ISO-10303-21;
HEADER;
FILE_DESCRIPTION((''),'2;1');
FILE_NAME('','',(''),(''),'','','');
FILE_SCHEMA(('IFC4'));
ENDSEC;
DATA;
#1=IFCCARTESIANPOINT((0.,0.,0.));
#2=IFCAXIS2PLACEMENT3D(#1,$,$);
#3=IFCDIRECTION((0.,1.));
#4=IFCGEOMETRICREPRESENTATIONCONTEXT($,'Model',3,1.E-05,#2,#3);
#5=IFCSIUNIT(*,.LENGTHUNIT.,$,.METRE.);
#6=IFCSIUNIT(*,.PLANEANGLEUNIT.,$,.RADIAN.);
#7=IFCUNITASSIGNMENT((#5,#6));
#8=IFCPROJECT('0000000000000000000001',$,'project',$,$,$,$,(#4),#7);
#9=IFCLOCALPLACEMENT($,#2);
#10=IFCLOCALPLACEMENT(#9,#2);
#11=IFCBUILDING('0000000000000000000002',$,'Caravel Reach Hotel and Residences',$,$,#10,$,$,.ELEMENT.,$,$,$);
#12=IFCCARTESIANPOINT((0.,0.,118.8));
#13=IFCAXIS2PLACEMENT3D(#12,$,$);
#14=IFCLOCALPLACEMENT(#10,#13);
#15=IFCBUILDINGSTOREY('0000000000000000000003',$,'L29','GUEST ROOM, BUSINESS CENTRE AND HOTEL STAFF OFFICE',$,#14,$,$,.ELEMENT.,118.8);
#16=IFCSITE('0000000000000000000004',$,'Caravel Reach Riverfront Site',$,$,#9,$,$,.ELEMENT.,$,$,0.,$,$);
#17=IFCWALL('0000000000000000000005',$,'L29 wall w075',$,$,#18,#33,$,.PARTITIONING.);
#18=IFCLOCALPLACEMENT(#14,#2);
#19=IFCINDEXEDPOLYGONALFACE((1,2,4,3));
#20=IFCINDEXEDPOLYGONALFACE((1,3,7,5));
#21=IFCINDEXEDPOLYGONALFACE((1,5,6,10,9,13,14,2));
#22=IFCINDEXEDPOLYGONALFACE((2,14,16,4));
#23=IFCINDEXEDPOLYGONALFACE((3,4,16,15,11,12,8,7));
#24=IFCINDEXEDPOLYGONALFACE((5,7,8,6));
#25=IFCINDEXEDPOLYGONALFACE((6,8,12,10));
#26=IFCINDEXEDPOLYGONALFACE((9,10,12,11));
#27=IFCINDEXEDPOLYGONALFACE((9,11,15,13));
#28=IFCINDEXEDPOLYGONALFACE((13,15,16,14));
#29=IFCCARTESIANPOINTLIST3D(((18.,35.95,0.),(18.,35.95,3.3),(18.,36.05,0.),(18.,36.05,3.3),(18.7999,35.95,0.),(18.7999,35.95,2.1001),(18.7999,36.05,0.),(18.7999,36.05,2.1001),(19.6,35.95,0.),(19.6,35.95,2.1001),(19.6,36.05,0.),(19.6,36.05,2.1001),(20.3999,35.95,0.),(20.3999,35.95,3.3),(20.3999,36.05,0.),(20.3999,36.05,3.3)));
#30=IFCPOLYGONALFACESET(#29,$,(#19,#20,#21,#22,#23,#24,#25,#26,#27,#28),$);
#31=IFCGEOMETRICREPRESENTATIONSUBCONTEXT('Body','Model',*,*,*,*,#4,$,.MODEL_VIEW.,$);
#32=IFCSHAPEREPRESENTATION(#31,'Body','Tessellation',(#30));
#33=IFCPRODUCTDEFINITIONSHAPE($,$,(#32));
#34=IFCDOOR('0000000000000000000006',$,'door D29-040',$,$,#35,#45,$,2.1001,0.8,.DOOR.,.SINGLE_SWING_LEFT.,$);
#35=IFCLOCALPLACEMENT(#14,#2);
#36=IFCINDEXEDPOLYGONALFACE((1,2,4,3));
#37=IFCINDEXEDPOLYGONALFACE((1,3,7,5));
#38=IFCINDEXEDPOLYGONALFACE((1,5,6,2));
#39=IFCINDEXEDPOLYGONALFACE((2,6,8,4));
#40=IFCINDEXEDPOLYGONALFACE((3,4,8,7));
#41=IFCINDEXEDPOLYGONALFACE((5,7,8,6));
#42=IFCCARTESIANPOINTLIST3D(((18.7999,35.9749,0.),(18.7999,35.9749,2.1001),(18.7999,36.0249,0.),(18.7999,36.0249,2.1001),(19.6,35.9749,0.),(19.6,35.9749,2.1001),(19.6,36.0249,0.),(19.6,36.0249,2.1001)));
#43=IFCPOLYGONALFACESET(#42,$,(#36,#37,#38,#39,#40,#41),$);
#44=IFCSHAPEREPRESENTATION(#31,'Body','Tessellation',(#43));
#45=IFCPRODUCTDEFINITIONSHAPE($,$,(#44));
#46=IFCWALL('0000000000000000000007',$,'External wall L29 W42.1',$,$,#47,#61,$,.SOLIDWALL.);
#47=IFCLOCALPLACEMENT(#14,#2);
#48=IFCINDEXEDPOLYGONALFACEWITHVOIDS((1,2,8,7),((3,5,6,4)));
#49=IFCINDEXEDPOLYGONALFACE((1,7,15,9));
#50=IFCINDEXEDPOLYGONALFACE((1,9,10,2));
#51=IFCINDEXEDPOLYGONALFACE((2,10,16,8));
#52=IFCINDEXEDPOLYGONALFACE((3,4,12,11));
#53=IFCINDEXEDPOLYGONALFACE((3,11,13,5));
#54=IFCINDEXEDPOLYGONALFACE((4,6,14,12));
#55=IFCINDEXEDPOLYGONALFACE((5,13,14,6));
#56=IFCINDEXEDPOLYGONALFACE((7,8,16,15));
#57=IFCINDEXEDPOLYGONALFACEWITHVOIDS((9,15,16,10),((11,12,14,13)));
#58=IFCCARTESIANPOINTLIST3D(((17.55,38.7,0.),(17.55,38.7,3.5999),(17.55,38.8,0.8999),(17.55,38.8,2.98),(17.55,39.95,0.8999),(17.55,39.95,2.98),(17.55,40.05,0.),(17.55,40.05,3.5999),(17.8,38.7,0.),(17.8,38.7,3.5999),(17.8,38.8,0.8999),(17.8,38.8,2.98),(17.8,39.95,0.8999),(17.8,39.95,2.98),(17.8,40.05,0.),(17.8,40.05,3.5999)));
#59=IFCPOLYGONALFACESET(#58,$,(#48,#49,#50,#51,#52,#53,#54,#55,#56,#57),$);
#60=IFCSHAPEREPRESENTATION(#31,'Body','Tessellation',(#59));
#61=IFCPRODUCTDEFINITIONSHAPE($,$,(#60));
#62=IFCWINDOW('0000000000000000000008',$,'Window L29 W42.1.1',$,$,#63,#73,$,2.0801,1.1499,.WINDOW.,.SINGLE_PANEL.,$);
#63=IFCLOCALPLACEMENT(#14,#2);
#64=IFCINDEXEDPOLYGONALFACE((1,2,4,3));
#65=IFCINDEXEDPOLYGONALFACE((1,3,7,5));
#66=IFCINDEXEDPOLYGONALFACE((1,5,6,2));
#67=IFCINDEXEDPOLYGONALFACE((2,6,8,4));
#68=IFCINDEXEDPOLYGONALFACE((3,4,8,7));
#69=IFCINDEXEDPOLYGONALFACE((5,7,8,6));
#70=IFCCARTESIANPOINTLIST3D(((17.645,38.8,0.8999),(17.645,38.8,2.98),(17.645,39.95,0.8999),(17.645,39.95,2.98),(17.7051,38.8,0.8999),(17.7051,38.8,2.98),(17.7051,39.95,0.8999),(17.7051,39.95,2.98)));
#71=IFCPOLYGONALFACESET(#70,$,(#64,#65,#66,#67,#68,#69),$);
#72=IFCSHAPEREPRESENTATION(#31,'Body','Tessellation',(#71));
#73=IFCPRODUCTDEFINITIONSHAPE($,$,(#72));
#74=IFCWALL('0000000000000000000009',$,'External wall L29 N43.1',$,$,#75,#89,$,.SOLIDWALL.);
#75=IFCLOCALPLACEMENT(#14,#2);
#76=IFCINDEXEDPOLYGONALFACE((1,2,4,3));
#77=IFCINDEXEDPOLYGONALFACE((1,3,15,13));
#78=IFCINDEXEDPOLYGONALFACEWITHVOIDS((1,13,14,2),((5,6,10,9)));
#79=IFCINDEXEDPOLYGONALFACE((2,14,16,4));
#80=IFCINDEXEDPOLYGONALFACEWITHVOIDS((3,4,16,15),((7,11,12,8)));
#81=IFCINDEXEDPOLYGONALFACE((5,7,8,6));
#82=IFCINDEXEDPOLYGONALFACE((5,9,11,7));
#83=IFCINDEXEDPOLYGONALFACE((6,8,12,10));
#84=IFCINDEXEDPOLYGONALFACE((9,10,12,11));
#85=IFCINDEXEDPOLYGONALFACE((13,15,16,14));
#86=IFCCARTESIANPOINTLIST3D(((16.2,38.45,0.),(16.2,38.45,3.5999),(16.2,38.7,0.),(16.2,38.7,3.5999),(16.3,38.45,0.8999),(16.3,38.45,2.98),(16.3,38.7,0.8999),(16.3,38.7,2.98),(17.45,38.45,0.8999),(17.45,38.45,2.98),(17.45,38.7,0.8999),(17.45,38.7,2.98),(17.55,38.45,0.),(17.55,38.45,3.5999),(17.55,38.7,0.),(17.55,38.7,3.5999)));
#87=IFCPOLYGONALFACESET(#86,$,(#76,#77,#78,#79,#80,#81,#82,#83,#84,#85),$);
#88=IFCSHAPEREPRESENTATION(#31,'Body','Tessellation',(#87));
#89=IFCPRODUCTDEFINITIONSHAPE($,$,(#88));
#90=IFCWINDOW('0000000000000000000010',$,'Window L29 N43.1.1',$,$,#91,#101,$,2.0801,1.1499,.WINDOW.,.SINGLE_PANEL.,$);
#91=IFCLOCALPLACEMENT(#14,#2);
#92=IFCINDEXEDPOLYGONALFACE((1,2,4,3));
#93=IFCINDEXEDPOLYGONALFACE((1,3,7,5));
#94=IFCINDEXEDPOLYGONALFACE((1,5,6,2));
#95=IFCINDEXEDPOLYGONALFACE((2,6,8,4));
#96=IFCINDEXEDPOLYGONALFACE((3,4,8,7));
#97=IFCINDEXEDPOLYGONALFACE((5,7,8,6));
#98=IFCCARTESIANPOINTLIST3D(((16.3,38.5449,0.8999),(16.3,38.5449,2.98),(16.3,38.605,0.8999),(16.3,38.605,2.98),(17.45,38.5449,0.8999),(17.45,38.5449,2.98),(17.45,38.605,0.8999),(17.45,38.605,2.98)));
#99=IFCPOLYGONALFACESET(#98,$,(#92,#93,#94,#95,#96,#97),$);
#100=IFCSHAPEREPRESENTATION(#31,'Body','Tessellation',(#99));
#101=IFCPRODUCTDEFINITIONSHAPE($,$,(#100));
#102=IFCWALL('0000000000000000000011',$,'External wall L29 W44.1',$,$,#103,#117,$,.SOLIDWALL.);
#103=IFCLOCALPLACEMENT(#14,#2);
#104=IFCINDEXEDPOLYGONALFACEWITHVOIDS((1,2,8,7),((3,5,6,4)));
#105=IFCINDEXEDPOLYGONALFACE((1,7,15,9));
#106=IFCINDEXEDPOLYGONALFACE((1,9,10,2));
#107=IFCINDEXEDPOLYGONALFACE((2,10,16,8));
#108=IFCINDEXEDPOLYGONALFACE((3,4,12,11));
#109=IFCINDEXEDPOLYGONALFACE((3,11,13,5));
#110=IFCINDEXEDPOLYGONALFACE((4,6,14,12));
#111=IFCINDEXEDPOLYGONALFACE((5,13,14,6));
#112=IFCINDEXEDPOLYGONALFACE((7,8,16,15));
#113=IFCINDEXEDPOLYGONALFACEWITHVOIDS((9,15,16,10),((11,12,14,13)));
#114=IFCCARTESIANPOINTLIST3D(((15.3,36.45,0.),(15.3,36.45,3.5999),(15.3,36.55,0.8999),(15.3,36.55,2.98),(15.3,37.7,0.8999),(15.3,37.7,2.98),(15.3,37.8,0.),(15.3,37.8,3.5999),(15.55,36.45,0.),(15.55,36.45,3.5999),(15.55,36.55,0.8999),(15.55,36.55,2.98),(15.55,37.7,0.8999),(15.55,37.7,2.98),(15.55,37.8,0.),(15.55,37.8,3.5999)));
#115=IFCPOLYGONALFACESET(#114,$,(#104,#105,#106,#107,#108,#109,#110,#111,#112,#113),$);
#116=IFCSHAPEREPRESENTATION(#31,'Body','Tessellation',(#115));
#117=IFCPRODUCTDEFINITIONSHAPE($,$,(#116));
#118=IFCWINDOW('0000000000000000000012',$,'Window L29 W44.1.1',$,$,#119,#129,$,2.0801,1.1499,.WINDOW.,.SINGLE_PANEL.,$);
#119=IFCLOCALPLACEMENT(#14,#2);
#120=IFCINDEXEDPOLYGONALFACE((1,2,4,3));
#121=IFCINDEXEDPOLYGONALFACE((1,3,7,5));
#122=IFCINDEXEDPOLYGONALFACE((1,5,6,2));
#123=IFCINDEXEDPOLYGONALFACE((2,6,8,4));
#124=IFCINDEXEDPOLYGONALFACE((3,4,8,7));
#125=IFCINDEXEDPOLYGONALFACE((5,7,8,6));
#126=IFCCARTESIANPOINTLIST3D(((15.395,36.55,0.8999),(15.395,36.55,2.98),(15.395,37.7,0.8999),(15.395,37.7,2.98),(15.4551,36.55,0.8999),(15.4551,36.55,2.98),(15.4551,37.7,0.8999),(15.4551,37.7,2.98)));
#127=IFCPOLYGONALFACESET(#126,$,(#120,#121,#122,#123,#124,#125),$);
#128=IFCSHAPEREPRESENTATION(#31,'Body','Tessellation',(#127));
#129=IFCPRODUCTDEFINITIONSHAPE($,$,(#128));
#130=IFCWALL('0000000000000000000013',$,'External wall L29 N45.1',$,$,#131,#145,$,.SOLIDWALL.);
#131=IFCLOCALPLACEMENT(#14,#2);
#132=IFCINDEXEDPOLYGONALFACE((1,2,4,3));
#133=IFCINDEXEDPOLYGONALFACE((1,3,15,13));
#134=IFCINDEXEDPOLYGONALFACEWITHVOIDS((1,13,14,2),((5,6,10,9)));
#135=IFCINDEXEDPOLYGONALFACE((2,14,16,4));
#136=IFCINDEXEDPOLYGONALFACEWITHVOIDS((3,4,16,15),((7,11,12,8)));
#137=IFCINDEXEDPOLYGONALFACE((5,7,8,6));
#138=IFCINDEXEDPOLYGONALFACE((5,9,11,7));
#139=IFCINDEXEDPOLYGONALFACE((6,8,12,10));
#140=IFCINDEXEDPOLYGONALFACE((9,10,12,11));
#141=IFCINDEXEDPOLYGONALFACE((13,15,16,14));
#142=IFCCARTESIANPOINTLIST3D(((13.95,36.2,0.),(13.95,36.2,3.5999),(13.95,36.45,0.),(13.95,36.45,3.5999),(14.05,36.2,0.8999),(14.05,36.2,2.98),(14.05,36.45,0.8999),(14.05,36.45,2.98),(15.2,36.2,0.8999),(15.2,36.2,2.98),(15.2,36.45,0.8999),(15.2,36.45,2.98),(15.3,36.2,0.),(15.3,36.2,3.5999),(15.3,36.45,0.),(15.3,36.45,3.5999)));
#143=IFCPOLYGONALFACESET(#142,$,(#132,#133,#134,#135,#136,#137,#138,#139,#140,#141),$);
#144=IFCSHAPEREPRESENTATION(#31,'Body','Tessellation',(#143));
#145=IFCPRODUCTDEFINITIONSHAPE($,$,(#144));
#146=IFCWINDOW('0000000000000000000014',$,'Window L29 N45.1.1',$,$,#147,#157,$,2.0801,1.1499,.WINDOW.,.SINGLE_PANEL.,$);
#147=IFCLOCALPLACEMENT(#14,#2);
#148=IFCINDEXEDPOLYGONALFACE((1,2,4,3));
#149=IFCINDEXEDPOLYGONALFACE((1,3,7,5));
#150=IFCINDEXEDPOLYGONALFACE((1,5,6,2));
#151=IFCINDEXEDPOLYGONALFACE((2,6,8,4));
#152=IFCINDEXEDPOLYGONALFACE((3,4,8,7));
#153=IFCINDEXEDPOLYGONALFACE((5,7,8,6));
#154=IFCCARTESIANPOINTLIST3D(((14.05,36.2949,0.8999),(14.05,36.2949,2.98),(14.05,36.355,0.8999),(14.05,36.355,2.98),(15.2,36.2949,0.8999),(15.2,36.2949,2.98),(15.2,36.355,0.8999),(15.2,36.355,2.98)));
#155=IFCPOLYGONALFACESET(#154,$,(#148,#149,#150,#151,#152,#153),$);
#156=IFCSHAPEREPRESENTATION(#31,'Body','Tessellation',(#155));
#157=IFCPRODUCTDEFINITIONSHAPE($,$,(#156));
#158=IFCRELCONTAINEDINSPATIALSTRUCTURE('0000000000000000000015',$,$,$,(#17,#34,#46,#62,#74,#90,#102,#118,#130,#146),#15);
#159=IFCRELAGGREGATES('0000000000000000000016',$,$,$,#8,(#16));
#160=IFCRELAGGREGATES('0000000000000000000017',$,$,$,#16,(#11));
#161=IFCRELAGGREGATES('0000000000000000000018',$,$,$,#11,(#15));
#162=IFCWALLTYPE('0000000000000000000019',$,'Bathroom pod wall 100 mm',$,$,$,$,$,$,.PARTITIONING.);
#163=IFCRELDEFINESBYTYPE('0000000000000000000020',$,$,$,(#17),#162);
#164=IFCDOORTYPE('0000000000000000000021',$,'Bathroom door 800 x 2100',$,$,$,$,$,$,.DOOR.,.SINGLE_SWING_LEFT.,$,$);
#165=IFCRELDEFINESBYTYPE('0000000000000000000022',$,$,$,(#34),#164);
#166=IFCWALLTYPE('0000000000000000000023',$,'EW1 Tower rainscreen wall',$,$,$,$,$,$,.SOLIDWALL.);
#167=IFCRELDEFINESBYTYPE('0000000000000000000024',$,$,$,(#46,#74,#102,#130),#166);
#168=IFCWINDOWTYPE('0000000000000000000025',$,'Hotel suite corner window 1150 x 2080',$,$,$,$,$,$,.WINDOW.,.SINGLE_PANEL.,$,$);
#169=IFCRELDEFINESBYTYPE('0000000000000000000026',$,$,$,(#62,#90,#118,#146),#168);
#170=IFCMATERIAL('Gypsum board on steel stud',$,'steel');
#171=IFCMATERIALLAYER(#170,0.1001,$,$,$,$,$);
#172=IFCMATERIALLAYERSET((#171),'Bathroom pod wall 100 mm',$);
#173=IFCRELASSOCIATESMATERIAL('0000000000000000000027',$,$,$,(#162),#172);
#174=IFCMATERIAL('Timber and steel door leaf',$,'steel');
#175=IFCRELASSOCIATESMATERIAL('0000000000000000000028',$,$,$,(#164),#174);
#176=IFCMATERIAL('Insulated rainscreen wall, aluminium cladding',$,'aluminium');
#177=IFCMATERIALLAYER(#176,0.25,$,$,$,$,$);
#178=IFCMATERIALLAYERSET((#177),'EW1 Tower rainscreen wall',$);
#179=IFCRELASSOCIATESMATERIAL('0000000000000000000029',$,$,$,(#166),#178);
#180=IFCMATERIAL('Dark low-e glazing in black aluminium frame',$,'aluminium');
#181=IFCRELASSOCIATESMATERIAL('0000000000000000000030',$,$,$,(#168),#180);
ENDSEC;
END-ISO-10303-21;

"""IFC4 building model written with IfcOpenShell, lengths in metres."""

from ifc_helpers import new_model, si_unit, direction, frame, frame_2d, origin, place, context, subcontext, project, spatial, rectangle, extrude, material, layer, layer_set, type_object, element, fill, save


model = new_model("IFC4")

# Units and contexts
model_context = context("Model", 3, precision=1e-05, world=origin(), true_north=direction((0.0, 1.0)))
body_context = subcontext(model_context, "Body", "Model", "MODEL_VIEW")
ifc_project = project(units=[si_unit("LENGTHUNIT", "METRE"), si_unit("PLANEANGLEUNIT", "RADIAN")], contexts=[model_context])

# Site, building, storey
site_placement = place(None, origin())
site = spatial("IfcSite", under=ifc_project, at=site_placement, Name="Caravel Reach Riverfront Site", CompositionType="ELEMENT", RefElevation=0.0)
building_placement = place(site_placement, origin())
building = spatial("IfcBuilding", under=site, at=building_placement, Name="Caravel Reach Hotel and Residences", CompositionType="ELEMENT")
storey_placement = place(building_placement, frame((0.0, 0.0, 118.8)))
storey = spatial("IfcBuildingStorey", under=building, at=storey_placement, Name="L29", Description="GUEST ROOM, BUSINESS CENTRE AND HOTEL STAFF OFFICE", CompositionType="ELEMENT", Elevation=118.8)

# Wall, opening, door
ifc_material_1 = material(Name="Gypsum board on steel stud", Category="steel")
ifc_layer_1 = layer(ifc_material_1, 0.1001)
ifc_layer_set_1 = layer_set([ifc_layer_1], Name="Bathroom pod wall 100 mm")
wall_type_1 = type_object("IfcWallType", Name="Bathroom pod wall 100 mm", PredefinedType="PARTITIONING", material=ifc_layer_set_1)
wall_1_placement = place(storey_placement, frame((18.0, 36.0, 0.0), z_axis=(0.0, 0.0, 1.0), x_axis=(1.0, 0.0, 0.0)))
wall_1 = element("IfcWall", 1, at=wall_1_placement, inside=storey, type_object=wall_type_1, Name="L29 wall w075", PredefinedType="PARTITIONING", context=body_context, shape_type="SweptSolid", body=[
    extrude(rectangle(XDim=2.3999, YDim=0.1001, at=frame_2d((1.2, 0.0))), origin(), (0.0, 0.0, 1.0), 3.3),
])
opening_1_placement = place(wall_1_placement, frame((0.8, 0.0, 0.0)))
opening_1 = element("IfcOpeningElement", 2, at=opening_1_placement, cuts=wall_1, PredefinedType="OPENING", context=body_context, shape_type="SweptSolid", body=[
    extrude(rectangle(XDim=0.8, YDim=2.1001, at=frame_2d((0.3999, 1.05))), frame((0.0, 0.0601, 0.0), z_axis=(0.0, -1.0, 0.0), x_axis=(1.0, 0.0, 0.0)), (0.0, 0.0, 1.0), 0.1201),
])
ifc_material_2 = material(Name="Timber and steel door leaf", Category="steel")
door_type = type_object("IfcDoorType", Name="Bathroom door 800 x 2100", OperationType="SINGLE_SWING_LEFT", PredefinedType="DOOR", material=ifc_material_2)
door_placement = place(opening_1_placement, origin())
door = element("IfcDoor", 3, at=door_placement, inside=storey, type_object=door_type, Name="door D29-040", OperationType="SINGLE_SWING_LEFT", OverallHeight=2.1001, OverallWidth=0.8, PredefinedType="DOOR", context=body_context, shape_type="SweptSolid", body=[
    extrude(rectangle(XDim=0.8, YDim=2.1001, at=frame_2d((0.3999, 1.05))), frame((0.0, 0.0249, 0.0), z_axis=(0.0, -1.0, 0.0), x_axis=(1.0, 0.0, 0.0)), (0.0, 0.0, 1.0), 0.05),
])
fill(opening_1, door)

# Walls, openings, windows
ifc_material_3 = material(Name="Insulated rainscreen wall, aluminium cladding", Category="aluminium")
ifc_layer_2 = layer(ifc_material_3, 0.25)
ifc_layer_set_2 = layer_set([ifc_layer_2], Name="EW1 Tower rainscreen wall")
wall_type_2 = type_object("IfcWallType", Name="EW1 Tower rainscreen wall", PredefinedType="SOLIDWALL", material=ifc_layer_set_2)
wall_2_placement = place(storey_placement, frame((17.675, 40.05, 0.0), z_axis=(0.0, 0.0, 1.0), x_axis=(0.0, -1.0, 0.0)))
wall_2 = element("IfcWall", 4, at=wall_2_placement, inside=storey, type_object=wall_type_2, Name="External wall L29 W42.1", PredefinedType="SOLIDWALL", context=body_context, shape_type="SweptSolid", body=[
    extrude(rectangle(XDim=1.3501, YDim=0.25, at=frame_2d((0.675, 0.0))), origin(), (0.0, 0.0, 1.0), 3.5999),
])
opening_2_placement = place(wall_2_placement, frame((0.1001, 0.0, 0.8999)))
opening_2 = element("IfcOpeningElement", 5, at=opening_2_placement, cuts=wall_2, PredefinedType="OPENING", context=body_context, shape_type="SweptSolid", body=[
    extrude(rectangle(XDim=1.1499, YDim=2.0801, at=frame_2d((0.575, 1.04))), frame((0.0, 0.135, 0.0), z_axis=(0.0, -1.0, 0.0), x_axis=(1.0, 0.0, 0.0)), (0.0, 0.0, 1.0), 0.27),
])
ifc_material_4 = material(Name="Dark low-e glazing in black aluminium frame", Category="aluminium")
window_type_1 = type_object("IfcWindowType", Name="Hotel suite corner window 1150 x 2080", PartitioningType="SINGLE_PANEL", PredefinedType="WINDOW", material=ifc_material_4)
window_1_placement = place(opening_2_placement, origin())
window_1 = element("IfcWindow", 6, at=window_1_placement, inside=storey, type_object=window_type_1, Name="Window L29 W42.1.1", OverallHeight=2.0801, OverallWidth=1.1499, PartitioningType="SINGLE_PANEL", PredefinedType="WINDOW", context=body_context, shape_type="SweptSolid", body=[
    extrude(rectangle(XDim=1.1499, YDim=2.0801, at=frame_2d((0.575, 1.04))), frame((0.0, 0.03, 0.0), z_axis=(0.0, -1.0, 0.0), x_axis=(1.0, 0.0, 0.0)), (0.0, 0.0, 1.0), 0.0601),
])
fill(opening_2, window_1)
wall_3_placement = place(storey_placement, frame((17.55, 38.575, 0.0), z_axis=(0.0, 0.0, 1.0), x_axis=(-1.0, 0.0, 0.0)))
wall_3 = element("IfcWall", 7, at=wall_3_placement, inside=storey, type_object=wall_type_2, Name="External wall L29 N43.1", PredefinedType="SOLIDWALL", context=body_context, shape_type="SweptSolid", body=[
    extrude(rectangle(XDim=1.3501, YDim=0.25, at=frame_2d((0.675, 0.0))), origin(), (0.0, 0.0, 1.0), 3.5999),
])
opening_3_placement = place(wall_3_placement, frame((0.1001, 0.0, 0.8999)))
opening_3 = element("IfcOpeningElement", 8, at=opening_3_placement, cuts=wall_3, PredefinedType="OPENING", context=body_context, shape_type="SweptSolid", body=[
    extrude(rectangle(XDim=1.1499, YDim=2.0801, at=frame_2d((0.575, 1.04))), frame((0.0, 0.135, 0.0), z_axis=(0.0, -1.0, 0.0), x_axis=(1.0, 0.0, 0.0)), (0.0, 0.0, 1.0), 0.27),
])
window_2_placement = place(opening_3_placement, origin())
window_2 = element("IfcWindow", 9, at=window_2_placement, inside=storey, type_object=window_type_1, Name="Window L29 N43.1.1", OverallHeight=2.0801, OverallWidth=1.1499, PartitioningType="SINGLE_PANEL", PredefinedType="WINDOW", context=body_context, shape_type="SweptSolid", body=[
    extrude(rectangle(XDim=1.1499, YDim=2.0801, at=frame_2d((0.575, 1.04))), frame((0.0, 0.03, 0.0), z_axis=(0.0, -1.0, 0.0), x_axis=(1.0, 0.0, 0.0)), (0.0, 0.0, 1.0), 0.0601),
])
fill(opening_3, window_2)
wall_4_placement = place(storey_placement, frame((15.425, 37.8, 0.0), z_axis=(0.0, 0.0, 1.0), x_axis=(0.0, -1.0, 0.0)))
wall_4 = element("IfcWall", 10, at=wall_4_placement, inside=storey, type_object=wall_type_2, Name="External wall L29 W44.1", PredefinedType="SOLIDWALL", context=body_context, shape_type="SweptSolid", body=[
    extrude(rectangle(XDim=1.3501, YDim=0.25, at=frame_2d((0.675, 0.0))), origin(), (0.0, 0.0, 1.0), 3.5999),
])
opening_4_placement = place(wall_4_placement, frame((0.1001, 0.0, 0.8999)))
opening_4 = element("IfcOpeningElement", 11, at=opening_4_placement, cuts=wall_4, PredefinedType="OPENING", context=body_context, shape_type="SweptSolid", body=[
    extrude(rectangle(XDim=1.1499, YDim=2.0801, at=frame_2d((0.575, 1.04))), frame((0.0, 0.135, 0.0), z_axis=(0.0, -1.0, 0.0), x_axis=(1.0, 0.0, 0.0)), (0.0, 0.0, 1.0), 0.27),
])
window_3_placement = place(opening_4_placement, origin())
window_3 = element("IfcWindow", 12, at=window_3_placement, inside=storey, type_object=window_type_1, Name="Window L29 W44.1.1", OverallHeight=2.0801, OverallWidth=1.1499, PartitioningType="SINGLE_PANEL", PredefinedType="WINDOW", context=body_context, shape_type="SweptSolid", body=[
    extrude(rectangle(XDim=1.1499, YDim=2.0801, at=frame_2d((0.575, 1.04))), frame((0.0, 0.03, 0.0), z_axis=(0.0, -1.0, 0.0), x_axis=(1.0, 0.0, 0.0)), (0.0, 0.0, 1.0), 0.0601),
])
fill(opening_4, window_3)
wall_5_placement = place(storey_placement, frame((15.3, 36.325, 0.0), z_axis=(0.0, 0.0, 1.0), x_axis=(-1.0, 0.0, 0.0)))
wall_5 = element("IfcWall", 13, at=wall_5_placement, inside=storey, type_object=wall_type_2, Name="External wall L29 N45.1", PredefinedType="SOLIDWALL", context=body_context, shape_type="SweptSolid", body=[
    extrude(rectangle(XDim=1.3501, YDim=0.25, at=frame_2d((0.675, 0.0))), origin(), (0.0, 0.0, 1.0), 3.5999),
])
opening_5_placement = place(wall_5_placement, frame((0.1001, 0.0, 0.8999)))
opening_5 = element("IfcOpeningElement", 14, at=opening_5_placement, cuts=wall_5, PredefinedType="OPENING", context=body_context, shape_type="SweptSolid", body=[
    extrude(rectangle(XDim=1.1499, YDim=2.0801, at=frame_2d((0.575, 1.04))), frame((0.0, 0.135, 0.0), z_axis=(0.0, -1.0, 0.0), x_axis=(1.0, 0.0, 0.0)), (0.0, 0.0, 1.0), 0.27),
])
window_4_placement = place(opening_5_placement, origin())
window_4 = element("IfcWindow", 15, at=window_4_placement, inside=storey, type_object=window_type_1, Name="Window L29 N45.1.1", OverallHeight=2.0801, OverallWidth=1.1499, PartitioningType="SINGLE_PANEL", PredefinedType="WINDOW", context=body_context, shape_type="SweptSolid", body=[
    extrude(rectangle(XDim=1.1499, YDim=2.0801, at=frame_2d((0.575, 1.04))), frame((0.0, 0.03, 0.0), z_axis=(0.0, -1.0, 0.0), x_axis=(1.0, 0.0, 0.0)), (0.0, 0.0, 1.0), 0.0601),
])
fill(opening_5, window_4)

save(model, "model.ifc")
